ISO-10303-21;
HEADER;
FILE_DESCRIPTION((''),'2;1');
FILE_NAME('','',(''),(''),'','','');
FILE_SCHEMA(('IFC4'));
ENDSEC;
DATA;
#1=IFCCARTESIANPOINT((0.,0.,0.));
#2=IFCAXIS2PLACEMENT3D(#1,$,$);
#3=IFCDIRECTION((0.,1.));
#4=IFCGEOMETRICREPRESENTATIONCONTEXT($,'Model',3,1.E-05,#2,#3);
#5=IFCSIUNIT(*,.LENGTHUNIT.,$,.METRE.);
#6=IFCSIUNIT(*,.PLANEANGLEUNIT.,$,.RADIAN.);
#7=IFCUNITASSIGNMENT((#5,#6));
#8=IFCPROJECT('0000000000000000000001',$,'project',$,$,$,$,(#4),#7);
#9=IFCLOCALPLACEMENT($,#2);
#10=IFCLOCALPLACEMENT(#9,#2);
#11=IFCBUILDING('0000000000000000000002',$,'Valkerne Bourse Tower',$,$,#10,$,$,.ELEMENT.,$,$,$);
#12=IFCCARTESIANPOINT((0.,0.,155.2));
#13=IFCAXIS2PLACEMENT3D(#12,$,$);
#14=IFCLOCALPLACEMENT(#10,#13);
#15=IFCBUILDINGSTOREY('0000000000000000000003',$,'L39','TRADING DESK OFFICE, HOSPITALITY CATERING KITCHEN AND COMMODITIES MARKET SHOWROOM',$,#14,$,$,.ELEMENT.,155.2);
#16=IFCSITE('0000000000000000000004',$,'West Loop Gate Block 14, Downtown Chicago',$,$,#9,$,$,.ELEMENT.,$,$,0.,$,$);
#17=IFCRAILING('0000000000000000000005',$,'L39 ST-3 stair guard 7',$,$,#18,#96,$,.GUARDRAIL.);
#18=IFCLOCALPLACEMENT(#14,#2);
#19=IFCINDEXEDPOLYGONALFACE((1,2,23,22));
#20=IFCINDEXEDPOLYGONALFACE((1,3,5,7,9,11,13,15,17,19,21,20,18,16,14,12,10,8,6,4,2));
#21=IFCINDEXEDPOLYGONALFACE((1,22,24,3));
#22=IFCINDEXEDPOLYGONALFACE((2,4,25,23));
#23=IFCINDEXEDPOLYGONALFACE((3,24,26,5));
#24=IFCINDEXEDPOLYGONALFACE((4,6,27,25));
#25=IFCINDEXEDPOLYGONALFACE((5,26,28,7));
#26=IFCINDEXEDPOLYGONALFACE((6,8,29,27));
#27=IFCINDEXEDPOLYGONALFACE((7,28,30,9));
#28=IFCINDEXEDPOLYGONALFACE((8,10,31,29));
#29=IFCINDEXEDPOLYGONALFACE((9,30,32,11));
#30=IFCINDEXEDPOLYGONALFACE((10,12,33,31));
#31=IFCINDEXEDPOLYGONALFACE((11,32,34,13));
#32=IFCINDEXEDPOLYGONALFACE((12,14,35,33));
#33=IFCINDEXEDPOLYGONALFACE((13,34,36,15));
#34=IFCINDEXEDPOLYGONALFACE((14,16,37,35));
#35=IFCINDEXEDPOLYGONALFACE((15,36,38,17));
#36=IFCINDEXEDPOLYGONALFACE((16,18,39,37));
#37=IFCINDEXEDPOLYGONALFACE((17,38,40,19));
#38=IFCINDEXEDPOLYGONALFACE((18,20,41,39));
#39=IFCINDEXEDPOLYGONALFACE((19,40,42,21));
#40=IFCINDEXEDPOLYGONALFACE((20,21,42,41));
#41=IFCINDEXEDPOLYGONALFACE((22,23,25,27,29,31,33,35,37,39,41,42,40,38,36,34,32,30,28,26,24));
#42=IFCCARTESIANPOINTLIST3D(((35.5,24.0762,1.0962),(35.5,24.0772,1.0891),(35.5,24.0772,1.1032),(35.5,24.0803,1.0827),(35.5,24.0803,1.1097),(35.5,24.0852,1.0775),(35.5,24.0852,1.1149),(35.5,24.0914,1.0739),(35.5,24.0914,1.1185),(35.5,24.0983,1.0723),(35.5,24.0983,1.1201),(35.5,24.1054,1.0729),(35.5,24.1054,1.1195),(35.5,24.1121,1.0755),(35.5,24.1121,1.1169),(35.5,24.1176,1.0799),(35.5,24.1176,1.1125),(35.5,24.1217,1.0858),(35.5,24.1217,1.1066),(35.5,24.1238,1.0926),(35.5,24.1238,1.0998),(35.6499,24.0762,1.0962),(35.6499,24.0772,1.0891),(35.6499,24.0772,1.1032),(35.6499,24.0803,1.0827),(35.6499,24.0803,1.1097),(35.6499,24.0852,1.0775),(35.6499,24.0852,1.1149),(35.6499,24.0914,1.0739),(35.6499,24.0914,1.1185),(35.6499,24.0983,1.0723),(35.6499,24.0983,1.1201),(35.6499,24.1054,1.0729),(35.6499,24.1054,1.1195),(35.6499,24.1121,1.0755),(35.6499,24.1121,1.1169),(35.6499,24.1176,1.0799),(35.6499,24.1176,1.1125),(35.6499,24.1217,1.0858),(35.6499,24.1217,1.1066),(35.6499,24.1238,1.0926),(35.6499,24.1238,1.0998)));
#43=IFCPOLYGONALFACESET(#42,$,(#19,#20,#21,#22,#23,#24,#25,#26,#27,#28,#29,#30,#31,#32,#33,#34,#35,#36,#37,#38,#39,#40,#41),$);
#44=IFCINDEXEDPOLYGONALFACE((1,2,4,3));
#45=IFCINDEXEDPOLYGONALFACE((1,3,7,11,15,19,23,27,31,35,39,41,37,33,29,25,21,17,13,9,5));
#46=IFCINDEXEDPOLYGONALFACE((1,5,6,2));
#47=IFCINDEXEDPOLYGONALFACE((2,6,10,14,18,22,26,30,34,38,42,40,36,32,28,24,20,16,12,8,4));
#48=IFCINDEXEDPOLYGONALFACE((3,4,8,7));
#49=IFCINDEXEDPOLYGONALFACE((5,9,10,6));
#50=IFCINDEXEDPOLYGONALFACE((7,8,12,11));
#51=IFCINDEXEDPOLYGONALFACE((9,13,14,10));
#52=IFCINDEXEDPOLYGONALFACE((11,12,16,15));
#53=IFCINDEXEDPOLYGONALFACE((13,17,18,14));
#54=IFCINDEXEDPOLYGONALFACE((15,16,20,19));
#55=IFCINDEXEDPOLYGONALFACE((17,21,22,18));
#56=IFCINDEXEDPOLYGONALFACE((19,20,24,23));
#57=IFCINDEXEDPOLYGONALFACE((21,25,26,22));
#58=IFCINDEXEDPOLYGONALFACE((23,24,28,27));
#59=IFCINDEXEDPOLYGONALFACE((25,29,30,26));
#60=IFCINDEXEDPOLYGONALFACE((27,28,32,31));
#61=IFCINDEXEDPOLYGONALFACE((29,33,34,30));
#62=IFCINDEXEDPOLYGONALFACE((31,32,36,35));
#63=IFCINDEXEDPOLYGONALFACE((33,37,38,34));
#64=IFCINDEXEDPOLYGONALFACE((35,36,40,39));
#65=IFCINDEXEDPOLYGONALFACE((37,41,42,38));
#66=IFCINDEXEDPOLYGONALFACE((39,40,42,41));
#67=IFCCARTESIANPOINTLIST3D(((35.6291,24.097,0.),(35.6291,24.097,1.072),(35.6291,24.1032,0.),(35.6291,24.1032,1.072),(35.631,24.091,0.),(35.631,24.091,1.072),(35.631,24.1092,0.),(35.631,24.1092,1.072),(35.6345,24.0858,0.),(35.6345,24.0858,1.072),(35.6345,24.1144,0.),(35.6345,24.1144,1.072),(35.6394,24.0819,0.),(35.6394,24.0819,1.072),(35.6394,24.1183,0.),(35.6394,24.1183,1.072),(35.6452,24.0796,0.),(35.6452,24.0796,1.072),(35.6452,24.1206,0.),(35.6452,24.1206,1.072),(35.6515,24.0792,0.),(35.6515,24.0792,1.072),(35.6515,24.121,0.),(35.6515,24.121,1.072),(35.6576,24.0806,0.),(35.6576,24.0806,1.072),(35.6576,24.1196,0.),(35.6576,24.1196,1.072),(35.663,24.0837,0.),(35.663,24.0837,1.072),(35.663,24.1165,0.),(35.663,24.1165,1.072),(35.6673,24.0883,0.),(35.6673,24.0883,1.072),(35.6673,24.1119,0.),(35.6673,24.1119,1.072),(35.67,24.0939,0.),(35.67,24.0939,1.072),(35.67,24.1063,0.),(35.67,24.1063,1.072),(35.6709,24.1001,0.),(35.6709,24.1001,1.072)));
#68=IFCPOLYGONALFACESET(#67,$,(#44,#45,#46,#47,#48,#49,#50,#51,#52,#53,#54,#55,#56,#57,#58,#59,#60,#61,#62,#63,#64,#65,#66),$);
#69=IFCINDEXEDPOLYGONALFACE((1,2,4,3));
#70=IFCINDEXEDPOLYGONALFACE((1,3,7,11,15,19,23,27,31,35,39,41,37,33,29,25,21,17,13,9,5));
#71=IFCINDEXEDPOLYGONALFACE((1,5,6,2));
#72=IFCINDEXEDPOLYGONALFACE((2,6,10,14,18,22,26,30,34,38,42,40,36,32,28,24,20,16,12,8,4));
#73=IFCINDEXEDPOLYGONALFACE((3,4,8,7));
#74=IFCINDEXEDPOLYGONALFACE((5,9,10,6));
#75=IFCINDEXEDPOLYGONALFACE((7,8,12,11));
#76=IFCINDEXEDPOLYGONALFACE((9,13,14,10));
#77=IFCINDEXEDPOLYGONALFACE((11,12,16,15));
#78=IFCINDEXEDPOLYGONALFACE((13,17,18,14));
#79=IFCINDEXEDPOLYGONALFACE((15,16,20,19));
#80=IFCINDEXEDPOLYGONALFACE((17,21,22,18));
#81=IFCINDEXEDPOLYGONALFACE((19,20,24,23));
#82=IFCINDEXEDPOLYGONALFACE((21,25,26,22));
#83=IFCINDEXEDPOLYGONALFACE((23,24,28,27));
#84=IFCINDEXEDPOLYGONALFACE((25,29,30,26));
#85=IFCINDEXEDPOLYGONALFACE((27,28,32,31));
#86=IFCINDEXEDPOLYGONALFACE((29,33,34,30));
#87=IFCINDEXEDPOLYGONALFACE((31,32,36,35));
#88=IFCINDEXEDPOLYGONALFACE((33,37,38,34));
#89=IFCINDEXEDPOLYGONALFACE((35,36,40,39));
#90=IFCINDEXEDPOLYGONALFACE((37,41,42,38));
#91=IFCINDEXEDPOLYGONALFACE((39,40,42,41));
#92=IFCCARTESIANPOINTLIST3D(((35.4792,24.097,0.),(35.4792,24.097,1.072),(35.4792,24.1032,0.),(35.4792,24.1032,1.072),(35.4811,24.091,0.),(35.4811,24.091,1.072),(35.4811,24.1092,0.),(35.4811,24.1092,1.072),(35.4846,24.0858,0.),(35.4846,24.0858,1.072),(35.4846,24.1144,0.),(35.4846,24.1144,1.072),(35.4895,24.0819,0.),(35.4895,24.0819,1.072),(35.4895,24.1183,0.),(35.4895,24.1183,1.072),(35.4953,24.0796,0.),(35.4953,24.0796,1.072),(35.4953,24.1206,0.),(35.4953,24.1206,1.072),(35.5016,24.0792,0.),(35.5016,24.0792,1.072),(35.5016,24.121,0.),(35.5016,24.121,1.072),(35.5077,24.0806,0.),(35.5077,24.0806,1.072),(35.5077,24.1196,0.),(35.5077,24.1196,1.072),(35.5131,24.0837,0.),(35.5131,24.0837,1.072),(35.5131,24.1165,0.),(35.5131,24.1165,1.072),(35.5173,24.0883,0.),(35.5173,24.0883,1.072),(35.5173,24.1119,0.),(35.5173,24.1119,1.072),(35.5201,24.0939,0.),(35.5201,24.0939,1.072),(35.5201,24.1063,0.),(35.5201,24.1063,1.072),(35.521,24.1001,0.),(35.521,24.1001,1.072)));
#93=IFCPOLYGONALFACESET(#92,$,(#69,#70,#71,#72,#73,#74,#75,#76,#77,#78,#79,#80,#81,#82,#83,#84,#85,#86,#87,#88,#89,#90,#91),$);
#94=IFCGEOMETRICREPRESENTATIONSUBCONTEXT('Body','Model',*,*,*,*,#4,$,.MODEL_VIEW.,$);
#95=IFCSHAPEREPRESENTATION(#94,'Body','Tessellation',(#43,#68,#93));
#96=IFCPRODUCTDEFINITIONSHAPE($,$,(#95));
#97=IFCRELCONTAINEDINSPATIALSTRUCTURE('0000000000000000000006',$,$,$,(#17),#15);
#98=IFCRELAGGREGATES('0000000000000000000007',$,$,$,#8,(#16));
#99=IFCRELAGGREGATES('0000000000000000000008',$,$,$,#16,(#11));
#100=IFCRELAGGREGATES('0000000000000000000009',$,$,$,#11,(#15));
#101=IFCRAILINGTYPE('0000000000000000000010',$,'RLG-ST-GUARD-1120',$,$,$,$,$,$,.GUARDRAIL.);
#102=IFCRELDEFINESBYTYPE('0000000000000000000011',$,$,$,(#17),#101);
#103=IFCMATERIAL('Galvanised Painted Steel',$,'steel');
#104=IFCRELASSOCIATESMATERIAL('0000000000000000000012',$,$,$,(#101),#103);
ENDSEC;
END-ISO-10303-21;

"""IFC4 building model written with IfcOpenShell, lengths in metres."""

from ifc_helpers import new_model, si_unit, direction, frame, origin, origin_2d, place, context, subcontext, project, spatial, circle, extrude, material, type_object, element, save


model = new_model("IFC4")

# Units and contexts
model_context = context("Model", 3, precision=1e-05, world=origin(), true_north=direction((0.0, 1.0)))
body_context = subcontext(model_context, "Body", "Model", "MODEL_VIEW")
ifc_project = project(units=[si_unit("LENGTHUNIT", "METRE"), si_unit("PLANEANGLEUNIT", "RADIAN")], contexts=[model_context])

# Site, building, storey
site_placement = place(None, origin())
site = spatial("IfcSite", under=ifc_project, at=site_placement, Name="West Loop Gate Block 14, Downtown Chicago", CompositionType="ELEMENT", RefElevation=0.0)
building_placement = place(site_placement, origin())
building = spatial("IfcBuilding", under=site, at=building_placement, Name="Valkerne Bourse Tower", CompositionType="ELEMENT")
storey_placement = place(building_placement, frame((0.0, 0.0, 155.2)))
storey = spatial("IfcBuildingStorey", under=building, at=storey_placement, Name="L39", Description="TRADING DESK OFFICE, HOSPITALITY CATERING KITCHEN AND COMMODITIES MARKET SHOWROOM", CompositionType="ELEMENT", Elevation=155.2)

# Railing
ifc_material_1 = material(Name="Galvanised Painted Steel", Category="steel")
railing_type_1 = type_object("IfcRailingType", Name="RLG-ST-GUARD-1120", PredefinedType="GUARDRAIL", material=ifc_material_1)
railing_1_placement = place(storey_placement, frame((35.6499, 24.1001, 0.0)))
element("IfcRailing", 1, at=railing_1_placement, inside=storey, type_object=railing_type_1, Name="L39 ST-3 stair guard 7", PredefinedType="GUARDRAIL", context=body_context, shape_type="SweptSolid", body=[
    extrude(circle(Radius=0.0239, at=origin_2d()), frame((0.0, 0.0, 1.0962), z_axis=(-1.0, 0.0, 0.0), x_axis=(0.0, -1.0, 0.0)), (0.0, 0.0, 1.0), 0.1499),
    extrude(circle(Radius=0.021, at=origin_2d()), origin(), (0.0, 0.0, 1.0), 1.072),
    extrude(circle(Radius=0.021, at=origin_2d()), frame((-0.1499, 0.0, 0.0)), (0.0, 0.0, 1.0), 1.072),
])

save(model, "model.ifc")
